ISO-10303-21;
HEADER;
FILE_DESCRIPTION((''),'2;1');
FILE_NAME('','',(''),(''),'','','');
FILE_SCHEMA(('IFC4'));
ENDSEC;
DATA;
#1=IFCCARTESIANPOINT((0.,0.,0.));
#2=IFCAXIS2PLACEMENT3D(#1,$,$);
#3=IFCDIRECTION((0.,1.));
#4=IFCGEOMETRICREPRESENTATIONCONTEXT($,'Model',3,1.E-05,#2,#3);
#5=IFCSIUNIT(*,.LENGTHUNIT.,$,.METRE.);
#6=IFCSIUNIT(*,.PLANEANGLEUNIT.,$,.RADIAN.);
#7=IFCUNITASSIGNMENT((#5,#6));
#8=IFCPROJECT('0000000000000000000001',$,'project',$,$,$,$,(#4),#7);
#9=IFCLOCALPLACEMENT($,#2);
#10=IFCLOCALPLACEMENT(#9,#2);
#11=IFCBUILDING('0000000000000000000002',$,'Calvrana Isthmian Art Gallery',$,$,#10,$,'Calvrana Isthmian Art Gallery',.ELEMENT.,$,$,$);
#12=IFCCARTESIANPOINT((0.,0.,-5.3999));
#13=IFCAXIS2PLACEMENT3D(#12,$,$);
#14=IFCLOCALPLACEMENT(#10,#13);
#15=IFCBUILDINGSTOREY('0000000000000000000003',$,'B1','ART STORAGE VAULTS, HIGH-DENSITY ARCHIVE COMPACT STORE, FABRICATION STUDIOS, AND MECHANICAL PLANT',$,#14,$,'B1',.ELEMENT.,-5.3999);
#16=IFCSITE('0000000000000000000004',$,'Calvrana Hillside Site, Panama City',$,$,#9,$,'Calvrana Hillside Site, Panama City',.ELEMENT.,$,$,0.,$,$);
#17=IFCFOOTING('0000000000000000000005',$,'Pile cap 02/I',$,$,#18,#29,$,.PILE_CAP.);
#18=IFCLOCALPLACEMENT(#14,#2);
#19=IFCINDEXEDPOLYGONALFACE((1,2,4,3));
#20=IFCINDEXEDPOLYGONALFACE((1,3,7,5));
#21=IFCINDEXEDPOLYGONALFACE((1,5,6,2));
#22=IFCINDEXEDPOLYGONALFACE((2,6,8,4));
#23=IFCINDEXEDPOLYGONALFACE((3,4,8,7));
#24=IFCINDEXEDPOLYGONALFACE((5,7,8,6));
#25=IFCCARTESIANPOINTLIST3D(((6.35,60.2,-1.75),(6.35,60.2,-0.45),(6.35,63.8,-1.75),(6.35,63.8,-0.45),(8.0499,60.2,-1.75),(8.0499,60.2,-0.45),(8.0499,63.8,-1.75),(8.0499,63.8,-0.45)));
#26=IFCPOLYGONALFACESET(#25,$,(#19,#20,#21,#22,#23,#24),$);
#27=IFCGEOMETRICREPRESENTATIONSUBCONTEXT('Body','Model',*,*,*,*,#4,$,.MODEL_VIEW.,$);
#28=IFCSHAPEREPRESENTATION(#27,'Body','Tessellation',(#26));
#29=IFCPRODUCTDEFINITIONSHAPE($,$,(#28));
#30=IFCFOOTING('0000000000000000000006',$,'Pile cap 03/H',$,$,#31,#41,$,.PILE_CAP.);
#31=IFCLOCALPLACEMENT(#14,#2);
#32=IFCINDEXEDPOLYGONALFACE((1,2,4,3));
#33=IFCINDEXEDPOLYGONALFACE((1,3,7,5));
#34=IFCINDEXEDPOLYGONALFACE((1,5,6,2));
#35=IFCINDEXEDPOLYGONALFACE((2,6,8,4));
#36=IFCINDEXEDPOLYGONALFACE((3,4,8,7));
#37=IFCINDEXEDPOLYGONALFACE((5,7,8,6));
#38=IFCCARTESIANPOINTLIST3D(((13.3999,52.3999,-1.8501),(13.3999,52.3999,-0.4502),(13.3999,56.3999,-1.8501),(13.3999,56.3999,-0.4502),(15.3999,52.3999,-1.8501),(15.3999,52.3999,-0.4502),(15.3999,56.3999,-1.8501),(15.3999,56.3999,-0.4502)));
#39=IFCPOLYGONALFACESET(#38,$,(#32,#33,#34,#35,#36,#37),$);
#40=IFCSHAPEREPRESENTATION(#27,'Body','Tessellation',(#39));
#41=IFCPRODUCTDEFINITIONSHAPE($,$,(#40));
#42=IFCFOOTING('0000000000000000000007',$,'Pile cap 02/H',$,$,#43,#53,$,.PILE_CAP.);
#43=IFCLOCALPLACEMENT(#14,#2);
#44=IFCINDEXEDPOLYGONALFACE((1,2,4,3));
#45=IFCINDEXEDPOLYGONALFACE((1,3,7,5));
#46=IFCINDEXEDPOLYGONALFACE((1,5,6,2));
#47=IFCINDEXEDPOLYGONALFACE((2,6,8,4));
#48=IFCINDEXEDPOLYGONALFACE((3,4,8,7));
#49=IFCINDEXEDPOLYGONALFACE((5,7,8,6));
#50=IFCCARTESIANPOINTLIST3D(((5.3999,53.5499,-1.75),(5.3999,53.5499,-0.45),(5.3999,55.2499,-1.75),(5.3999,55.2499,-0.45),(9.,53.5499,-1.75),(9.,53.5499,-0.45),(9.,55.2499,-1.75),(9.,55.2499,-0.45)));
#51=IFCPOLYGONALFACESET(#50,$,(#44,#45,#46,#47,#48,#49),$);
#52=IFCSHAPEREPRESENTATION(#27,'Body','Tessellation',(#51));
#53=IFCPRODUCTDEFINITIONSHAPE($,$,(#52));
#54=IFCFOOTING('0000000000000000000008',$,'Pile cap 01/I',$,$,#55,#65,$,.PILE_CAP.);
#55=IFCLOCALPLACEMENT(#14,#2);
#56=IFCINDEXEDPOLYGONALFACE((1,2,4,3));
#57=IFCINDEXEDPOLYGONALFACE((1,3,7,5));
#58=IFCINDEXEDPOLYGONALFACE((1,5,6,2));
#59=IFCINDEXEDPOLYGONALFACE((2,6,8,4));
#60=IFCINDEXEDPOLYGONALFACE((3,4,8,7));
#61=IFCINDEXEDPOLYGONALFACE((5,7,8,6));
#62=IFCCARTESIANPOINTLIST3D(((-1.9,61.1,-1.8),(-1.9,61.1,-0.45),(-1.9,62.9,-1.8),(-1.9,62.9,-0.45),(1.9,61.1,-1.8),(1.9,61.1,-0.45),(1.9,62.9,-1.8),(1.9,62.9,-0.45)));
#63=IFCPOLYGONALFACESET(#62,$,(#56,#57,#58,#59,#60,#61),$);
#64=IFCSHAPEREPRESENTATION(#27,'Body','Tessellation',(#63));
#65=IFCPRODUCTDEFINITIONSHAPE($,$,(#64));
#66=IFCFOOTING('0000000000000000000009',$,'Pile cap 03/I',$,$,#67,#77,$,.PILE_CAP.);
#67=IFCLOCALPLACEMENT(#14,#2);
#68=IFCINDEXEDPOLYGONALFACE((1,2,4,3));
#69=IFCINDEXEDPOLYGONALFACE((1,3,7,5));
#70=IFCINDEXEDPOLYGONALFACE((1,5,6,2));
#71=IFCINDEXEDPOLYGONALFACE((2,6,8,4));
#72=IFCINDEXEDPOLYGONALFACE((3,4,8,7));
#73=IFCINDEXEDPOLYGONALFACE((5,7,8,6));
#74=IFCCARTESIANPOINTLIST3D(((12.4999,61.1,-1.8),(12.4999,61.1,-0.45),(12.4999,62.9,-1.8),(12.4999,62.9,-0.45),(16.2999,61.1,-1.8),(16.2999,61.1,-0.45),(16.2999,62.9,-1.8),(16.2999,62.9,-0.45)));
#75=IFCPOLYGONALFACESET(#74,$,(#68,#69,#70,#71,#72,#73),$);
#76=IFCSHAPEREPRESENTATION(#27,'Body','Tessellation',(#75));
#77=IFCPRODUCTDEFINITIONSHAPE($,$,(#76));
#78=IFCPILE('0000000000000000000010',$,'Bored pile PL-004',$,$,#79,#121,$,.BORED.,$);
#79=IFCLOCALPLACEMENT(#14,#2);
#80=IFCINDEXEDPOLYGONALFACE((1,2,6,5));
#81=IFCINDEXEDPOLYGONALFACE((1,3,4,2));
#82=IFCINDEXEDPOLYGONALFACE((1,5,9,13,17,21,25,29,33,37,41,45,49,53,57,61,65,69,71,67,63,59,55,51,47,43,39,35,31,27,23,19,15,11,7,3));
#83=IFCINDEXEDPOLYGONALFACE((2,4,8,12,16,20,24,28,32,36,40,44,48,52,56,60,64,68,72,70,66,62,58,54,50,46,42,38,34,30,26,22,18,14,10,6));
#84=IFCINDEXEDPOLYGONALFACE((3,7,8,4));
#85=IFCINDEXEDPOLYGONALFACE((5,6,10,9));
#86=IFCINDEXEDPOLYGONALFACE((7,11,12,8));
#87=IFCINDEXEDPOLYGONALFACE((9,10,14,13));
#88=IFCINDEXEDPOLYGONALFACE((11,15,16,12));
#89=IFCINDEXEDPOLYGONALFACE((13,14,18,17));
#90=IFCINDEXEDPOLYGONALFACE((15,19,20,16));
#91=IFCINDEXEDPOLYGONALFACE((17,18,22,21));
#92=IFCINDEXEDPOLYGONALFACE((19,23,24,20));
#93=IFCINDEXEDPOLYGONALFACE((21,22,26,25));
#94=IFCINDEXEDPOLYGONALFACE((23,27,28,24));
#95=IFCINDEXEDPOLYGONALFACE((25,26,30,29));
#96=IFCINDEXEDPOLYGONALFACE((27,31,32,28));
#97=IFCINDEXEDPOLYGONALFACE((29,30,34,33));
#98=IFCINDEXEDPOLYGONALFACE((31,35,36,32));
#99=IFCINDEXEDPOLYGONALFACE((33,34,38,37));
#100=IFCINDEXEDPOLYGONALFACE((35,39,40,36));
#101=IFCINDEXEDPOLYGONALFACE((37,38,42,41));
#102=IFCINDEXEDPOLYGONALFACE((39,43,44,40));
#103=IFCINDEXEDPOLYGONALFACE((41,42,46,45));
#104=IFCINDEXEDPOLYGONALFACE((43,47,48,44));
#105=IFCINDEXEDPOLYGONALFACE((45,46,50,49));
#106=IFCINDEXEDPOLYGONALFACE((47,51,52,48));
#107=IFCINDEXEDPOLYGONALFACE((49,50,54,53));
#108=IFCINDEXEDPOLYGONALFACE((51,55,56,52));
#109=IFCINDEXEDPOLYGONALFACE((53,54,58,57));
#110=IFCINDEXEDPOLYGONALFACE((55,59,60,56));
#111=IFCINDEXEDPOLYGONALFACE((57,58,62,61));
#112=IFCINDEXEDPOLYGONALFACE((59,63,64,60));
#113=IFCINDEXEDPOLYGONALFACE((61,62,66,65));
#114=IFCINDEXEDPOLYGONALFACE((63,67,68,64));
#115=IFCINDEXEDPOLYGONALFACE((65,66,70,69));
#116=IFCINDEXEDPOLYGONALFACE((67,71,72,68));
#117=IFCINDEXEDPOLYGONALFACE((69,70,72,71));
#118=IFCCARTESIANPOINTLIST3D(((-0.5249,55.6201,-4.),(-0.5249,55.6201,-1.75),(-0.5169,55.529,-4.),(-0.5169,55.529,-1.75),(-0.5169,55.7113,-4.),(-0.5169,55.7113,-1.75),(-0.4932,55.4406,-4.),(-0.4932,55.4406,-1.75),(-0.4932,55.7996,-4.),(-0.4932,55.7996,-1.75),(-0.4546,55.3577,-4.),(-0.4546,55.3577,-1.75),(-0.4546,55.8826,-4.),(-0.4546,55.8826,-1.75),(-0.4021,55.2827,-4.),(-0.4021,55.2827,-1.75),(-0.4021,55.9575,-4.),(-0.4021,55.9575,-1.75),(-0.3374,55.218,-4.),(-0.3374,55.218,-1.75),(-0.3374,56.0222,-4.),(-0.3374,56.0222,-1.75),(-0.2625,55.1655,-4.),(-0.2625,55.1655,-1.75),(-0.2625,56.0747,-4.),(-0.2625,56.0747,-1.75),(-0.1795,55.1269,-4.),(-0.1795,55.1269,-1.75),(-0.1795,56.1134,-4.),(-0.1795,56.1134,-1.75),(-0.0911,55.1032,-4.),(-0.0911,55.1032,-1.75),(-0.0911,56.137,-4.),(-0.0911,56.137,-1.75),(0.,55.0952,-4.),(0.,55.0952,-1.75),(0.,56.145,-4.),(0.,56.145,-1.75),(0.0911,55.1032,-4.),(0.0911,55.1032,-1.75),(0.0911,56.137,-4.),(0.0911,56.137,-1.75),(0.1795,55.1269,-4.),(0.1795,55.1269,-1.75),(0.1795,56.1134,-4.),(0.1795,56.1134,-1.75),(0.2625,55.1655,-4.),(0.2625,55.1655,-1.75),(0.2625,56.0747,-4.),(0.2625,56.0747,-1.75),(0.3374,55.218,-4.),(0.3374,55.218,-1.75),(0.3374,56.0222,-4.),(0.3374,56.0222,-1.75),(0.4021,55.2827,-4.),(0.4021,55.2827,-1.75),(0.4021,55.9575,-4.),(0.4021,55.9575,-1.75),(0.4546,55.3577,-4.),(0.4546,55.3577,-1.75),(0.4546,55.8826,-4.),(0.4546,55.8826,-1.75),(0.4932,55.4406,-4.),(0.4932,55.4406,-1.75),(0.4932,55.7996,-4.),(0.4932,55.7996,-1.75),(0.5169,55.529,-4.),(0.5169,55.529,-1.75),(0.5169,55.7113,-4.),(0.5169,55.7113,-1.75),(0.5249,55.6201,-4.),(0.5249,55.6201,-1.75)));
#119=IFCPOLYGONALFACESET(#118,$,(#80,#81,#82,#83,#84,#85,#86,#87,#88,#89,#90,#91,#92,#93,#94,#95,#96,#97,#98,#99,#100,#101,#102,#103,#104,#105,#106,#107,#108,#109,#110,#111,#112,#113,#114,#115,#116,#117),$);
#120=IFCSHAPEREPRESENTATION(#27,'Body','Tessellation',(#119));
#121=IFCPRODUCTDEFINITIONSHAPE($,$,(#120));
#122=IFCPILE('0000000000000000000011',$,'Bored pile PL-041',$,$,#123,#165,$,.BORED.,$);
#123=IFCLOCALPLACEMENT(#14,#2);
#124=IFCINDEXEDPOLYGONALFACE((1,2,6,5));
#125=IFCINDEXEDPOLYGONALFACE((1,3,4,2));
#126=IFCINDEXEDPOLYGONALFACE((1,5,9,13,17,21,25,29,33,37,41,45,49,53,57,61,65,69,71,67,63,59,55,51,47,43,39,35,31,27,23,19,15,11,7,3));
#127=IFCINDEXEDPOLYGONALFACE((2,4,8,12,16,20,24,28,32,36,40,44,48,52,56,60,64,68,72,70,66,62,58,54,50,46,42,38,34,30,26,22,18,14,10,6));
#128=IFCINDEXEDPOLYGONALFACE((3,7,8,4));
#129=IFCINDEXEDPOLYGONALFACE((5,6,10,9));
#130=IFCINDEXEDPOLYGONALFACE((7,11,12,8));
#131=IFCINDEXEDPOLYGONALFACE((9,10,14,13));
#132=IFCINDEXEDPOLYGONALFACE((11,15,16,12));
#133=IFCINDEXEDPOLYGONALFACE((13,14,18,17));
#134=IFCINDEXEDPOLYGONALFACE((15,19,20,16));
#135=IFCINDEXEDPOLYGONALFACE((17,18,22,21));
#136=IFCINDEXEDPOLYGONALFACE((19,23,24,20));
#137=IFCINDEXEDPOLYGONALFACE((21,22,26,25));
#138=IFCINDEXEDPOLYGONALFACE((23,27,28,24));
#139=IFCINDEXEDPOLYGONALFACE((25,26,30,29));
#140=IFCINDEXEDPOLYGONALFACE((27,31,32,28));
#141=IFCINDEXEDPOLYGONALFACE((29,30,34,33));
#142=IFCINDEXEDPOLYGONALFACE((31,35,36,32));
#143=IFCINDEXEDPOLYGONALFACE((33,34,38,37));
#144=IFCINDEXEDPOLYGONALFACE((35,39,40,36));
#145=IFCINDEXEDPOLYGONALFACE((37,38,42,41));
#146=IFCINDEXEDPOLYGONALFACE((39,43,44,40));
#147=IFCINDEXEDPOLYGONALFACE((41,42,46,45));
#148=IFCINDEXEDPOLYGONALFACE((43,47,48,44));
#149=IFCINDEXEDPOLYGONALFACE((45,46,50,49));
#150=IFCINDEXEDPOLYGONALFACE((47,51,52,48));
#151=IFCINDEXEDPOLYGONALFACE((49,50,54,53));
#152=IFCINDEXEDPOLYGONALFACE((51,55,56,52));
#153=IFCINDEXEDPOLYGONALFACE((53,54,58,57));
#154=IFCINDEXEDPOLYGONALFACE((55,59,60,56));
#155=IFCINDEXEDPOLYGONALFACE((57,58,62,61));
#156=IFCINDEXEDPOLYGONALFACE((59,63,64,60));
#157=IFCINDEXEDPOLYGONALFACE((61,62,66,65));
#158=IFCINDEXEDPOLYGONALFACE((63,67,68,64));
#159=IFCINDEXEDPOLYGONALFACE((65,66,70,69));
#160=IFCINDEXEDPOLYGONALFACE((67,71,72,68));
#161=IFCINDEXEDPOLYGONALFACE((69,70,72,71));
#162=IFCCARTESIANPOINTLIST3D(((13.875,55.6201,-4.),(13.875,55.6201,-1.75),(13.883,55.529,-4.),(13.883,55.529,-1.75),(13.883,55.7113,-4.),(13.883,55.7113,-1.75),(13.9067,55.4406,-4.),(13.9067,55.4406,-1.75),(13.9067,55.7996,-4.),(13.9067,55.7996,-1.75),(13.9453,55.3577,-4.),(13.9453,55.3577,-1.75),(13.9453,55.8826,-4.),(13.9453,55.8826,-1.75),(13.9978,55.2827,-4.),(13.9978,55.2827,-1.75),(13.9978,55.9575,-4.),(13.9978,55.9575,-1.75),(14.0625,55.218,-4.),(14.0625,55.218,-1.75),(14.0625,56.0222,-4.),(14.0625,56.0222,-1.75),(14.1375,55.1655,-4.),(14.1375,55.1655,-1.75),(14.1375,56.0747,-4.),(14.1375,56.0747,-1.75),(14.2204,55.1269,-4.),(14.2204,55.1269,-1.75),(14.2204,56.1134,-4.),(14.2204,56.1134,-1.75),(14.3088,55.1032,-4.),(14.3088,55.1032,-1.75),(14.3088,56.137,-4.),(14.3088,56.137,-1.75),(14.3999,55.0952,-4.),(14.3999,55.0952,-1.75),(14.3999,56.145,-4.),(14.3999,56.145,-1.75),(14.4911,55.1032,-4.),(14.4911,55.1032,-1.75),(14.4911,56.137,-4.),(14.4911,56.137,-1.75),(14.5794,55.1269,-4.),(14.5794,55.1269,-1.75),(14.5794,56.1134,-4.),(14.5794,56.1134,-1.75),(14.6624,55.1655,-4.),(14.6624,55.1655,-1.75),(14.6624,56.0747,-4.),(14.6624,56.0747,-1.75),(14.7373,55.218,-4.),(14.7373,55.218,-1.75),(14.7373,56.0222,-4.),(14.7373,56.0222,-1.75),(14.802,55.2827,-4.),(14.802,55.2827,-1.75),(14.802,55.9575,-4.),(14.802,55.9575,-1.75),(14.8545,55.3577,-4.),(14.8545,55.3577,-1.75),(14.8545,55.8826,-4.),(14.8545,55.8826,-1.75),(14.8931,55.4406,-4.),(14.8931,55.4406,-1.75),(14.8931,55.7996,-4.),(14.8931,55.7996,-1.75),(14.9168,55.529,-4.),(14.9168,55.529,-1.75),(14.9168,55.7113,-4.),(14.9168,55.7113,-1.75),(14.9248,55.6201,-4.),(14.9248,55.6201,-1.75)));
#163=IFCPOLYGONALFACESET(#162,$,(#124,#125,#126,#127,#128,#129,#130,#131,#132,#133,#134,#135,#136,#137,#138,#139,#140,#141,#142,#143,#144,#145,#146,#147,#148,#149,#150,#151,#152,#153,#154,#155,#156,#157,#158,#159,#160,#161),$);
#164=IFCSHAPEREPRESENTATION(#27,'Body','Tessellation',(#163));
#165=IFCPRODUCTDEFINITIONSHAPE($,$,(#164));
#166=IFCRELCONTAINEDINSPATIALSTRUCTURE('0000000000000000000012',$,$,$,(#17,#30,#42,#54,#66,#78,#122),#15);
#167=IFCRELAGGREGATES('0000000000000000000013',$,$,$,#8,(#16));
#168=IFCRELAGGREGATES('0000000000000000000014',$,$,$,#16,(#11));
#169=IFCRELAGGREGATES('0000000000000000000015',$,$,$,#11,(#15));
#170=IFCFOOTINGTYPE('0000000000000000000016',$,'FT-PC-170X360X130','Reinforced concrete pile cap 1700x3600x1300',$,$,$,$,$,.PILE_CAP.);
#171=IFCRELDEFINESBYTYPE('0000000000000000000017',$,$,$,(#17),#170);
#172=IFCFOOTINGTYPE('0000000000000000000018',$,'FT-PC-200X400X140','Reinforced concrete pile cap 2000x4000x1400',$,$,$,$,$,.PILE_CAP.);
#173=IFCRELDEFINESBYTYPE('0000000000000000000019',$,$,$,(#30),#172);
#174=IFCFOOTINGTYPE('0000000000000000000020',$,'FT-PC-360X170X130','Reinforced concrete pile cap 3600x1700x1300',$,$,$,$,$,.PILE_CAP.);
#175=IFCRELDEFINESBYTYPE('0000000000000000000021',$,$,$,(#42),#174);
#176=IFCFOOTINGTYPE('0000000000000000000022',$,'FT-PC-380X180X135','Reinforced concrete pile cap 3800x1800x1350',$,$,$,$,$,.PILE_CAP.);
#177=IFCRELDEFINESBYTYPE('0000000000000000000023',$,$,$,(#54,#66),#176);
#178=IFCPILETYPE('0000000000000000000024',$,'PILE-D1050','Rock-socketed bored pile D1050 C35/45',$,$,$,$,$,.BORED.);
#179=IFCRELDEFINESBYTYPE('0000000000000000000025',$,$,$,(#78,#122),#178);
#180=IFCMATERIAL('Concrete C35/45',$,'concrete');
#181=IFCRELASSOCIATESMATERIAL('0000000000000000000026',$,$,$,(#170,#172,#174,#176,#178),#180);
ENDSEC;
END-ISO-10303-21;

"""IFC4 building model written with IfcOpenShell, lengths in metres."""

from ifc_helpers import new_model, si_unit, direction, frame, origin, origin_2d, place, context, subcontext, project, spatial, rectangle, circle, extrude, material, material_profile, profile_set, type_object, element, save


model = new_model("IFC4")

# Units and contexts
model_context = context("Model", 3, precision=1e-05, world=origin(), true_north=direction((0.0, 1.0)))
body_context = subcontext(model_context, "Body", "Model", "MODEL_VIEW")
ifc_project = project(units=[si_unit("LENGTHUNIT", "METRE"), si_unit("PLANEANGLEUNIT", "RADIAN")], contexts=[model_context])

# Site, building, storey
site_placement = place(None, origin())
site = spatial("IfcSite", under=ifc_project, at=site_placement, Name="Calvrana Hillside Site, Panama City", LongName="Calvrana Hillside Site, Panama City", CompositionType="ELEMENT", RefElevation=0.0)
building_placement = place(site_placement, origin())
building = spatial("IfcBuilding", under=site, at=building_placement, Name="Calvrana Isthmian Art Gallery", LongName="Calvrana Isthmian Art Gallery", CompositionType="ELEMENT")
storey_placement = place(building_placement, frame((0.0, 0.0, -5.3999)))
storey = spatial("IfcBuildingStorey", under=building, at=storey_placement, Name="B1", Description="ART STORAGE VAULTS, HIGH-DENSITY ARCHIVE COMPACT STORE, FABRICATION STUDIOS, AND MECHANICAL PLANT", LongName="B1", CompositionType="ELEMENT", Elevation=-5.3999)

# Footings
ifc_material_1 = material(Name="Concrete C35/45", Category="concrete")
footing_type_1 = type_object("IfcFootingType", Name="FT-PC-170X360X130", Description="Reinforced concrete pile cap 1700x3600x1300", PredefinedType="PILE_CAP", material=ifc_material_1)
footing_1_placement = place(storey_placement, frame((7.2, 62.0, -1.75), z_axis=(0.0, 0.0, 1.0), x_axis=(1.0, 0.0, 0.0)))
element("IfcFooting", 1, at=footing_1_placement, inside=storey, type_object=footing_type_1, Name="Pile cap 02/I", PredefinedType="PILE_CAP", context=body_context, shape_type="SweptSolid", body=[
    extrude(rectangle(XDim=1.7, YDim=3.6001, at=origin_2d()), origin(), (0.0, 0.0, 1.0), 1.3),
])
footing_type_2 = type_object("IfcFootingType", Name="FT-PC-200X400X140", Description="Reinforced concrete pile cap 2000x4000x1400", PredefinedType="PILE_CAP", material=ifc_material_1)
footing_2_placement = place(storey_placement, frame((14.3999, 54.3999, -1.8501), z_axis=(0.0, 0.0, 1.0), x_axis=(1.0, 0.0, 0.0)))
element("IfcFooting", 2, at=footing_2_placement, inside=storey, type_object=footing_type_2, Name="Pile cap 03/H", PredefinedType="PILE_CAP", context=body_context, shape_type="SweptSolid", body=[
    extrude(rectangle(XDim=2.0, YDim=4.0, at=origin_2d()), origin(), (0.0, 0.0, 1.0), 1.3999),
])
footing_type_3 = type_object("IfcFootingType", Name="FT-PC-360X170X130", Description="Reinforced concrete pile cap 3600x1700x1300", PredefinedType="PILE_CAP", material=ifc_material_1)
footing_3_placement = place(storey_placement, frame((7.2, 54.3999, -1.75), z_axis=(0.0, 0.0, 1.0), x_axis=(1.0, 0.0, 0.0)))
element("IfcFooting", 3, at=footing_3_placement, inside=storey, type_object=footing_type_3, Name="Pile cap 02/H", PredefinedType="PILE_CAP", context=body_context, shape_type="SweptSolid", body=[
    extrude(rectangle(XDim=3.6001, YDim=1.7, at=origin_2d()), origin(), (0.0, 0.0, 1.0), 1.3),
])
footing_type_4 = type_object("IfcFootingType", Name="FT-PC-380X180X135", Description="Reinforced concrete pile cap 3800x1800x1350", PredefinedType="PILE_CAP", material=ifc_material_1)
for number, where, z_axis, x_axis, name in (
    (4, (0.0, 62.0, -1.8), (0.0, 0.0, 1.0), (1.0, 0.0, 0.0), "Pile cap 01/I"),
    (5, (14.3999, 62.0, -1.8), (0.0, 0.0, 1.0), (1.0, 0.0, 0.0), "Pile cap 03/I"),
):
    element("IfcFooting", number, at=place(storey_placement, frame(where, z_axis=z_axis, x_axis=x_axis)), inside=storey, type_object=footing_type_4, Name=name, PredefinedType="PILE_CAP", context=body_context, shape_type="SweptSolid", body=[
        extrude(rectangle(XDim=3.8, YDim=1.8, at=origin_2d()), origin(), (0.0, 0.0, 1.0), 1.3501),
    ])

# Piles
ifc_material_profile_1 = material_profile(ifc_material_1, circle(Radius=0.5249, at=origin_2d()), Name="PILE1050D")
ifc_profile_set_1 = profile_set([ifc_material_profile_1], Name="Concrete C35/45")
pile_type_1 = type_object("IfcPileType", Name="PILE-D1050", Description="Rock-socketed bored pile D1050 C35/45", PredefinedType="BORED", material=ifc_profile_set_1)
for number, where, z_axis, x_axis, name in (
    (6, (0.0, 55.6201, -1.75), (0.0, 0.0, -1.0), (1.0, 0.0, 0.0), "Bored pile PL-004"),
    (7, (14.3999, 55.6201, -1.75), (0.0, 0.0, -1.0), (1.0, 0.0, 0.0), "Bored pile PL-041"),
):
    element("IfcPile", number, at=place(storey_placement, frame(where, z_axis=z_axis, x_axis=x_axis)), inside=storey, type_object=pile_type_1, Name=name, PredefinedType="BORED", context=body_context, shape_type="SweptSolid", body=[
        extrude(circle(Radius=0.5249, at=origin_2d()), origin(), (0.0, 0.0, 1.0), 2.25),
    ])

save(model, "model.ifc")
